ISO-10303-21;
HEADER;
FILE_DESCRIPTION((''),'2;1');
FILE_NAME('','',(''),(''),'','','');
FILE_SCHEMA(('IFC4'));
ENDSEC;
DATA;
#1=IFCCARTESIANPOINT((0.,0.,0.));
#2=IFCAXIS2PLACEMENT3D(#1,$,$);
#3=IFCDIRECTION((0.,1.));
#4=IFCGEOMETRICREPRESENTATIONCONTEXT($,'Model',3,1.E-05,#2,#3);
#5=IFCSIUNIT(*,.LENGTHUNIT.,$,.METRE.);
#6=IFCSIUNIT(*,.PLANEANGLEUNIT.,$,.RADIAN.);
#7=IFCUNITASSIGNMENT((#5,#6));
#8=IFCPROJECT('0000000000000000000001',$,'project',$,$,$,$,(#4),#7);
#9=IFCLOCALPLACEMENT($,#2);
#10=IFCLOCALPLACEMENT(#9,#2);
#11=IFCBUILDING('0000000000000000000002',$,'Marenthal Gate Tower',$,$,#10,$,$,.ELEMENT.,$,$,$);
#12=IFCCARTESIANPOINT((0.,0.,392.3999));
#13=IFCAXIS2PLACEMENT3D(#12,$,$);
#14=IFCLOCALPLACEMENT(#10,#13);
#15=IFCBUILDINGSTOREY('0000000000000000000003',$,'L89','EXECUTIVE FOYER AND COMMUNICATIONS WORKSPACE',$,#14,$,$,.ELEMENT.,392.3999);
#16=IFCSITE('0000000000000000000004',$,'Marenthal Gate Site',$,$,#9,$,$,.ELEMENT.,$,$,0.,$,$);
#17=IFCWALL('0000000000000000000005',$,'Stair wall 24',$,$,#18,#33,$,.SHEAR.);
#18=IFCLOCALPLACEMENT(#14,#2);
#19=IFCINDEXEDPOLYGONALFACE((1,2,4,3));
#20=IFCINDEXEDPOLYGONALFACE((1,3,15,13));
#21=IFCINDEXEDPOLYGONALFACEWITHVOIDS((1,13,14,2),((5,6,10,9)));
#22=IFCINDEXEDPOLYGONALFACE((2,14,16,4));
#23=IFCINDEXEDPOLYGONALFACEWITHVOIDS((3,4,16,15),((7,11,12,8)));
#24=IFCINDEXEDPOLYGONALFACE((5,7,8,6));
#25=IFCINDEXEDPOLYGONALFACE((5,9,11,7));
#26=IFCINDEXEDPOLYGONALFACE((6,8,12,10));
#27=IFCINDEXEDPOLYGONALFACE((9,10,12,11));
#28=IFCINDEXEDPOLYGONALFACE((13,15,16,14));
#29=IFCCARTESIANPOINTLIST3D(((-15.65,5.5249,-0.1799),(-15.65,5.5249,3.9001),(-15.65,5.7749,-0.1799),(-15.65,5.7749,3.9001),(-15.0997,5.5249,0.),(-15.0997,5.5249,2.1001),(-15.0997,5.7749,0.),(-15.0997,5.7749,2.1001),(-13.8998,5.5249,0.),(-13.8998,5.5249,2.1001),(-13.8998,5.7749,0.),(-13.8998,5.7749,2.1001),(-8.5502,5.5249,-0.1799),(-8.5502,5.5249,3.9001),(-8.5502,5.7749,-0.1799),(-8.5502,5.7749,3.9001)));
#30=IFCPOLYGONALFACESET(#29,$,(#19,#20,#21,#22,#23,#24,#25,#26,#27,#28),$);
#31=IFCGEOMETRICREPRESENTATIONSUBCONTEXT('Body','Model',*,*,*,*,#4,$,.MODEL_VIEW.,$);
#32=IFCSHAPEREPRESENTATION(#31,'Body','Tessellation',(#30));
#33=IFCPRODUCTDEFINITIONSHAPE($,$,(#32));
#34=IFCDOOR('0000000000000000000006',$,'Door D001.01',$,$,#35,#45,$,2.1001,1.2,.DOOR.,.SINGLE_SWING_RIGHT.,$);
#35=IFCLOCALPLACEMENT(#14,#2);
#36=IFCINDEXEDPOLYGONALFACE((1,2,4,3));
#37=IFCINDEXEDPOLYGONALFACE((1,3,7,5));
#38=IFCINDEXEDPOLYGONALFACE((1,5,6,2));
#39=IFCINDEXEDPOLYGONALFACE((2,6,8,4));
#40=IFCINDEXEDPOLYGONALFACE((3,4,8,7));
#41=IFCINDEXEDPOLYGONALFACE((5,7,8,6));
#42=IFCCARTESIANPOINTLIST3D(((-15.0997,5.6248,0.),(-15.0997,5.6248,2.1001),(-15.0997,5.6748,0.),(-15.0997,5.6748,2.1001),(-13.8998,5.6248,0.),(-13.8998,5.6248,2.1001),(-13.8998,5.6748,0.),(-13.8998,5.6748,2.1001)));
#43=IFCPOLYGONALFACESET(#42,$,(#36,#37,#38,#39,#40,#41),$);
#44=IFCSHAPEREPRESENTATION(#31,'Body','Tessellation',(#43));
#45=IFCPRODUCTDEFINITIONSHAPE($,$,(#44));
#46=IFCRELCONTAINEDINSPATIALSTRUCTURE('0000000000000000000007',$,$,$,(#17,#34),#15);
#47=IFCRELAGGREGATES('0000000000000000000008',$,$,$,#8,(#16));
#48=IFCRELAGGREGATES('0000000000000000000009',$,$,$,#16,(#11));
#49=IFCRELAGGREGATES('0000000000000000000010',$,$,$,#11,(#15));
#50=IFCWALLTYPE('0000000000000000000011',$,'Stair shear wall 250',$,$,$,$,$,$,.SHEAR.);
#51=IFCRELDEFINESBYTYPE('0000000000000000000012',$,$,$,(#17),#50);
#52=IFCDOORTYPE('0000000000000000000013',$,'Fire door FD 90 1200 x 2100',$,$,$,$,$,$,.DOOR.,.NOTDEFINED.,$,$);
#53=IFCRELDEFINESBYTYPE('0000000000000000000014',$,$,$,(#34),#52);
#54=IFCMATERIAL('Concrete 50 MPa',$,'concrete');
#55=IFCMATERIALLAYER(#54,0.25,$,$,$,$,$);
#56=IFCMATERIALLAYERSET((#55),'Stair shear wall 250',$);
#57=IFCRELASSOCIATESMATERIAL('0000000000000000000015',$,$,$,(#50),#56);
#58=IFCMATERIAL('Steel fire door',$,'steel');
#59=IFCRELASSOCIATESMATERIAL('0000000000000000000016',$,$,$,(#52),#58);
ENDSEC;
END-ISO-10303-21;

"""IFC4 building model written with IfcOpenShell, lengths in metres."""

from ifc_helpers import new_model, si_unit, direction, frame, frame_2d, origin, place, context, subcontext, project, spatial, rectangle, extrude, material, layer, layer_set, type_object, element, fill, save


model = new_model("IFC4")

# Units and contexts
model_context = context("Model", 3, precision=1e-05, world=origin(), true_north=direction((0.0, 1.0)))
body_context = subcontext(model_context, "Body", "Model", "MODEL_VIEW")
ifc_project = project(units=[si_unit("LENGTHUNIT", "METRE"), si_unit("PLANEANGLEUNIT", "RADIAN")], contexts=[model_context])

# Site, building, storey
site_placement = place(None, origin())
site = spatial("IfcSite", under=ifc_project, at=site_placement, Name="Marenthal Gate Site", CompositionType="ELEMENT", RefElevation=0.0)
building_placement = place(site_placement, origin())
building = spatial("IfcBuilding", under=site, at=building_placement, Name="Marenthal Gate Tower", CompositionType="ELEMENT")
storey_placement = place(building_placement, frame((0.0, 0.0, 392.3999)))
storey = spatial("IfcBuildingStorey", under=building, at=storey_placement, Name="L89", Description="EXECUTIVE FOYER AND COMMUNICATIONS WORKSPACE", CompositionType="ELEMENT", Elevation=392.3999)

# Wall, opening, door
ifc_material_1 = material(Name="Concrete 50 MPa", Category="concrete")
ifc_layer_1 = layer(ifc_material_1, 0.25)
ifc_layer_set_1 = layer_set([ifc_layer_1], Name="Stair shear wall 250")
wall_type_1 = type_object("IfcWallType", Name="Stair shear wall 250", PredefinedType="SHEAR", material=ifc_layer_set_1)
wall_1_placement = place(storey_placement, frame((-15.6499, 5.6499, -0.1799), z_axis=(0.0, 0.0, 1.0), x_axis=(1.0, 0.0, 0.0)))
wall_1 = element("IfcWall", 1, at=wall_1_placement, inside=storey, type_object=wall_type_1, Name="Stair wall 24", PredefinedType="SHEAR", context=body_context, shape_type="SweptSolid", body=[
    extrude(rectangle(XDim=7.0999, YDim=0.25, at=frame_2d((3.5498, 0.0))), origin(), (0.0, 0.0, 1.0), 4.0801),
])
opening_placement = place(wall_1_placement, frame((0.55, 0.0, 0.1799)))
opening = element("IfcOpeningElement", 2, at=opening_placement, cuts=wall_1, PredefinedType="OPENING", context=body_context, shape_type="SweptSolid", body=[
    extrude(rectangle(XDim=1.2, YDim=2.1001, at=frame_2d((0.6001, 1.05))), frame((0.0, 0.135, 0.0), z_axis=(0.0, -1.0, 0.0), x_axis=(1.0, 0.0, 0.0)), (0.0, 0.0, 1.0), 0.27),
])
ifc_material_2 = material(Name="Steel fire door", Category="steel")
door_type = type_object("IfcDoorType", Name="Fire door FD 90 1200 x 2100", OperationType="NOTDEFINED", PredefinedType="DOOR", material=ifc_material_2)
door_placement = place(opening_placement, origin())
door = element("IfcDoor", 3, at=door_placement, inside=storey, type_object=door_type, Name="Door D001.01", OperationType="SINGLE_SWING_RIGHT", OverallHeight=2.1001, OverallWidth=1.2, PredefinedType="DOOR", context=body_context, shape_type="SweptSolid", body=[
    extrude(rectangle(XDim=1.2, YDim=2.1001, at=frame_2d((0.6001, 1.05))), frame((0.0, 0.0249, 0.0), z_axis=(0.0, -1.0, 0.0), x_axis=(1.0, 0.0, 0.0)), (0.0, 0.0, 1.0), 0.05),
])
fill(opening, door)

save(model, "model.ifc")
